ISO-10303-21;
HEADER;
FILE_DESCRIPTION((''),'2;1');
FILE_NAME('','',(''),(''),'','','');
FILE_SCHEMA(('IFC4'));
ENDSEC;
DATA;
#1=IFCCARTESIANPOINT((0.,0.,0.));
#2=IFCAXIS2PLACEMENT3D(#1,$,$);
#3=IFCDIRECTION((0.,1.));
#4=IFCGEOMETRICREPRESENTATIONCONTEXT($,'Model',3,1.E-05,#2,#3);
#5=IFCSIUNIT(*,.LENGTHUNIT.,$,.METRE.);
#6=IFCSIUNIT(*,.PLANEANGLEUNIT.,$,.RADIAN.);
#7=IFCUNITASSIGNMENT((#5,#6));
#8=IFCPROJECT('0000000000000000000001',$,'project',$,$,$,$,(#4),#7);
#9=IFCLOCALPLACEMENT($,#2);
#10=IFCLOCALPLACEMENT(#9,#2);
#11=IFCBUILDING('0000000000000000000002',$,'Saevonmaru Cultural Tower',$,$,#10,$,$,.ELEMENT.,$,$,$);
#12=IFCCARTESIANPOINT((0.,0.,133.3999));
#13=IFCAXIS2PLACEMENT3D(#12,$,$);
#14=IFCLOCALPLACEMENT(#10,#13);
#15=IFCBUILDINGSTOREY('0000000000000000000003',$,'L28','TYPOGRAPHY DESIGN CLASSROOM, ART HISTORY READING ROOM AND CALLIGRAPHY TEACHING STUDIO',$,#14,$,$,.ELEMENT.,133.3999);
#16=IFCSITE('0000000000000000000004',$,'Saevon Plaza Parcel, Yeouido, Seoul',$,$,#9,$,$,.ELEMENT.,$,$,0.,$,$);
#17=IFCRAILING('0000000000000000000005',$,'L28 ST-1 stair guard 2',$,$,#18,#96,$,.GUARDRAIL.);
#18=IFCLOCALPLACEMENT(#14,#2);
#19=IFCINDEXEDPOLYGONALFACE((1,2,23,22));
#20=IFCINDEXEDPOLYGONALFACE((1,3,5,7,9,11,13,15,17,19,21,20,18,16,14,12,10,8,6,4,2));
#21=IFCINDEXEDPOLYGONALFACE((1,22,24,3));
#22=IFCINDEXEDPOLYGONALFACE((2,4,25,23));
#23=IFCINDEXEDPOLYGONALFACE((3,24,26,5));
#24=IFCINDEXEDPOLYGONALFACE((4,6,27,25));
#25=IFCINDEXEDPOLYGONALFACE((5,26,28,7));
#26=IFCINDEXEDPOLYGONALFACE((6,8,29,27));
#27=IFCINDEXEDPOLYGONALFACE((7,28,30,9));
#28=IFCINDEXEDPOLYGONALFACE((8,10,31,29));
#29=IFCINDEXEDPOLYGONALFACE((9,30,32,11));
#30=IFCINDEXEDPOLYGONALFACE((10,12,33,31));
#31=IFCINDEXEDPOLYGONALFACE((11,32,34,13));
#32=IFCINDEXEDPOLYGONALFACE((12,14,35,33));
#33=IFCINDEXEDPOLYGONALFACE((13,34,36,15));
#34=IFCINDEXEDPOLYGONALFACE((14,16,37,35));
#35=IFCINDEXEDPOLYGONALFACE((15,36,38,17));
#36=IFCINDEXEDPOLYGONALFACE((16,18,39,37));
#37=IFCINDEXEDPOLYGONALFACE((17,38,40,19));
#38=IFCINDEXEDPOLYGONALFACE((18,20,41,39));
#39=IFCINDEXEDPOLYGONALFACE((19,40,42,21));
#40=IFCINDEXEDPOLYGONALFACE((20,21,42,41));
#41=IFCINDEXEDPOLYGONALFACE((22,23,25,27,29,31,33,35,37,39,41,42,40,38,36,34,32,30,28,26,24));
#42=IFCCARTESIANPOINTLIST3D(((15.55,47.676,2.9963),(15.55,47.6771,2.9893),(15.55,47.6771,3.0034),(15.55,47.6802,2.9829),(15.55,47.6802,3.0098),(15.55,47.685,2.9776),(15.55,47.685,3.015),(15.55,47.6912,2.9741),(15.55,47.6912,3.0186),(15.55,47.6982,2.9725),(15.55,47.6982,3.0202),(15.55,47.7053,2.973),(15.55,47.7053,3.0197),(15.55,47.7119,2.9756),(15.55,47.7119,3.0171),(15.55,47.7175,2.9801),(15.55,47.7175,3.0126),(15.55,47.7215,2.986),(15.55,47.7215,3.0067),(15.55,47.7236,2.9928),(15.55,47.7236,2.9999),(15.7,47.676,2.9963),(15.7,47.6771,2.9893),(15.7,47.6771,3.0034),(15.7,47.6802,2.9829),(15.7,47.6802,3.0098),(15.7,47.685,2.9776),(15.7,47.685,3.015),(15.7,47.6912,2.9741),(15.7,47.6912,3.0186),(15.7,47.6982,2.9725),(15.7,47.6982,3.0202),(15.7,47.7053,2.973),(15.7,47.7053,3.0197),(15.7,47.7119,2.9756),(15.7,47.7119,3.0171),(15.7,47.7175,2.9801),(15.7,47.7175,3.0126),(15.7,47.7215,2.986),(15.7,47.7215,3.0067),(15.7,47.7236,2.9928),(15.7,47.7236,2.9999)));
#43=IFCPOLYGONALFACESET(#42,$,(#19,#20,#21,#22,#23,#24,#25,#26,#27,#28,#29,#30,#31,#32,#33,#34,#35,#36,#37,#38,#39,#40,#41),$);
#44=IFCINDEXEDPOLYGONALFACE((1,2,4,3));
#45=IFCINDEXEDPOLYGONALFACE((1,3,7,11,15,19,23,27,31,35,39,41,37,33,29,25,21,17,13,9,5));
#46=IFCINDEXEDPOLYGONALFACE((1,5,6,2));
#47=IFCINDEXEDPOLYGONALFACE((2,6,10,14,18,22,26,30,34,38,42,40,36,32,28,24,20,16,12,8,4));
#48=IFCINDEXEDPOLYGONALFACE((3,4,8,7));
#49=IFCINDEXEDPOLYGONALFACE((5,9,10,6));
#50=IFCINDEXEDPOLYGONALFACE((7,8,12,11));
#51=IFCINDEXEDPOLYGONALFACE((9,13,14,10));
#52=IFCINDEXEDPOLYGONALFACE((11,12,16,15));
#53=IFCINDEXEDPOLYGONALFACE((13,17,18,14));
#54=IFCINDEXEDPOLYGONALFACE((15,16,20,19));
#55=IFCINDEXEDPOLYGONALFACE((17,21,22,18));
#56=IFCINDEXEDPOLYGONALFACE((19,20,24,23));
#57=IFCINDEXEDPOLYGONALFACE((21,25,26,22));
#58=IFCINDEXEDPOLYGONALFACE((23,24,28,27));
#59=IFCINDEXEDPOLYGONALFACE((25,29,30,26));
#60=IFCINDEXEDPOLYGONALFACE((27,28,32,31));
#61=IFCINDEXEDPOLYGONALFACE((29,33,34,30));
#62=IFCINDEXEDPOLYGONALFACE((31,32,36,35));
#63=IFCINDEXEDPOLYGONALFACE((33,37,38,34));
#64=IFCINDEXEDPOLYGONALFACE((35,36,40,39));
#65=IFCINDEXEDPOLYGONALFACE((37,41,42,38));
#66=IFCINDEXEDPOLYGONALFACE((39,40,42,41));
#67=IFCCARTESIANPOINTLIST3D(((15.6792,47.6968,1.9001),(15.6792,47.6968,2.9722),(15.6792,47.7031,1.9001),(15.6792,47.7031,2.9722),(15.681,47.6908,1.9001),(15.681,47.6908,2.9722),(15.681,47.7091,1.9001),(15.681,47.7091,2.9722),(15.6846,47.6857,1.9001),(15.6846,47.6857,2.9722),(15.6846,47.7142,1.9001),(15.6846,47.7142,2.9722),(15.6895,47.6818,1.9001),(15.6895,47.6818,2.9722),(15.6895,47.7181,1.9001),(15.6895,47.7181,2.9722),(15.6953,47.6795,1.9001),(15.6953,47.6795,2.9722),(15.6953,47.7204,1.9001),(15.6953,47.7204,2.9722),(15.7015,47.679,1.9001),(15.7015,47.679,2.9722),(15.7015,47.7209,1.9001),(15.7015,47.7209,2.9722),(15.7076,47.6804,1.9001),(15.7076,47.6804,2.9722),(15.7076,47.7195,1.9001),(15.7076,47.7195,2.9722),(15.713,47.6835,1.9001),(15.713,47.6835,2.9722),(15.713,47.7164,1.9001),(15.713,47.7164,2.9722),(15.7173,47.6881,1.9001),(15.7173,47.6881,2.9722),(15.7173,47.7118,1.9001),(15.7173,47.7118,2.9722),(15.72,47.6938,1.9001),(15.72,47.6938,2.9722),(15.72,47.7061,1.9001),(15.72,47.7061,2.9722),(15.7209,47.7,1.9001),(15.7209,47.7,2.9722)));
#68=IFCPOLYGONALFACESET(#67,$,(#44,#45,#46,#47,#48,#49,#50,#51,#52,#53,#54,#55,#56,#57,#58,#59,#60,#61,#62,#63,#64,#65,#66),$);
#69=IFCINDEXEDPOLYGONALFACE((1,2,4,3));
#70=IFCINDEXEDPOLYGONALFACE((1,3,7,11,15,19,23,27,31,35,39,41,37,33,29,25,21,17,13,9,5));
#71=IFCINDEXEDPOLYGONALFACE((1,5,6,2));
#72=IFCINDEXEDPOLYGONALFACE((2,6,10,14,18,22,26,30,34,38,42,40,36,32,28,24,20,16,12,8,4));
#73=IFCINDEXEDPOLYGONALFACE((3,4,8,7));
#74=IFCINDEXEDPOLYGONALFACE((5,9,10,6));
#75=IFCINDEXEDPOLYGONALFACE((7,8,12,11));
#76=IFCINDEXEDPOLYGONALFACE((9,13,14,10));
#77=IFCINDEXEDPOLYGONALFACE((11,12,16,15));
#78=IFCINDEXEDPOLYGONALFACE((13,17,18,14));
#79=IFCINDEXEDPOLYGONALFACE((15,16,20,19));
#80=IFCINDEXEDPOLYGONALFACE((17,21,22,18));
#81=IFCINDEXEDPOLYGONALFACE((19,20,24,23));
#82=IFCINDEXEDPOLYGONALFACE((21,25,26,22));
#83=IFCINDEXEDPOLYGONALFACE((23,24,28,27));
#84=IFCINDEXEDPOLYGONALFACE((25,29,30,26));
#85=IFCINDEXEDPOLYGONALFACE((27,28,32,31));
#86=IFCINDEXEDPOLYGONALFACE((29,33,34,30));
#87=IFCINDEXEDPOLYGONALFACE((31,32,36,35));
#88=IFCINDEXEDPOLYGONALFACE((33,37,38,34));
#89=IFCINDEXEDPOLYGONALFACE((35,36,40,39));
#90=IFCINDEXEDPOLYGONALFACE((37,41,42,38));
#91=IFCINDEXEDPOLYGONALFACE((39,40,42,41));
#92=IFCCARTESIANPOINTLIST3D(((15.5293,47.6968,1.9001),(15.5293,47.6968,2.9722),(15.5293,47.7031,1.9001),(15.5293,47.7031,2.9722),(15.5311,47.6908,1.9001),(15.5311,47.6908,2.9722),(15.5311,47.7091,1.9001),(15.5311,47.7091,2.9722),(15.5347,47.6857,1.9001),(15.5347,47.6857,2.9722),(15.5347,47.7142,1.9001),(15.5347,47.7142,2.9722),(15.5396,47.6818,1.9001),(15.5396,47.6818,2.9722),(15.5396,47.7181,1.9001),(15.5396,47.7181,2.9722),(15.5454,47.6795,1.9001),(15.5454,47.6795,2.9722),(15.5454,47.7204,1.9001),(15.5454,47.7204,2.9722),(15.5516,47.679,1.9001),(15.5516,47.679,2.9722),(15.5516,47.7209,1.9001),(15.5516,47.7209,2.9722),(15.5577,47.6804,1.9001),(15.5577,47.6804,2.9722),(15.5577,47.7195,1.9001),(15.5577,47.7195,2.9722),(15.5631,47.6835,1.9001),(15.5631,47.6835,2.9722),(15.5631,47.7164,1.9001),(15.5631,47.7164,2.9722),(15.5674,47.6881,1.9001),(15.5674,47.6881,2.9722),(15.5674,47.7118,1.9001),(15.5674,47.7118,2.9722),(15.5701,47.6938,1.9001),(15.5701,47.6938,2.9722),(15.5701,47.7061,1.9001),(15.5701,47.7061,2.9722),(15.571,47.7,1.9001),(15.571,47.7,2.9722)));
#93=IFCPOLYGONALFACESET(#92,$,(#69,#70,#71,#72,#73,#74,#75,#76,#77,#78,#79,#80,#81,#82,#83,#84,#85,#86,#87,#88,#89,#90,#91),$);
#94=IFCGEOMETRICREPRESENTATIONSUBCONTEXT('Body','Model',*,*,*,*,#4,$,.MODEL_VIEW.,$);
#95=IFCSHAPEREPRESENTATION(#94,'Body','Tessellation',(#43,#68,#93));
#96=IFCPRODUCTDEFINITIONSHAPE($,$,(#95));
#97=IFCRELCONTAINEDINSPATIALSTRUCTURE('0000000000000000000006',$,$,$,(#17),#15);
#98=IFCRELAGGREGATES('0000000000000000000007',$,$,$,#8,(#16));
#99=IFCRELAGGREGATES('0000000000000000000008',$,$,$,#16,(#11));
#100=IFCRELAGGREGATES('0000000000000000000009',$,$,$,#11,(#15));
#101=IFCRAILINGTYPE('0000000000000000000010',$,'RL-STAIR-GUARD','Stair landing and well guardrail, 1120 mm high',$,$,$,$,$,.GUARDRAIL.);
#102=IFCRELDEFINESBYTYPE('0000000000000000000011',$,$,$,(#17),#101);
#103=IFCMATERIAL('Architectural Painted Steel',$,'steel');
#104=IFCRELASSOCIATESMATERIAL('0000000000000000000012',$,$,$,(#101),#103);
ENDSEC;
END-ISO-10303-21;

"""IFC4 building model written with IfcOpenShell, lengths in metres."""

from ifc_helpers import new_model, si_unit, direction, frame, origin, origin_2d, place, context, subcontext, project, spatial, circle, extrude, material, type_object, element, save


model = new_model("IFC4")

# Units and contexts
model_context = context("Model", 3, precision=1e-05, world=origin(), true_north=direction((0.0, 1.0)))
body_context = subcontext(model_context, "Body", "Model", "MODEL_VIEW")
ifc_project = project(units=[si_unit("LENGTHUNIT", "METRE"), si_unit("PLANEANGLEUNIT", "RADIAN")], contexts=[model_context])

# Site, building, storey
site_placement = place(None, origin())
site = spatial("IfcSite", under=ifc_project, at=site_placement, Name="Saevon Plaza Parcel, Yeouido, Seoul", CompositionType="ELEMENT", RefElevation=0.0)
building_placement = place(site_placement, origin())
building = spatial("IfcBuilding", under=site, at=building_placement, Name="Saevonmaru Cultural Tower", CompositionType="ELEMENT")
storey_placement = place(building_placement, frame((0.0, 0.0, 133.3999)))
storey = spatial("IfcBuildingStorey", under=building, at=storey_placement, Name="L28", Description="TYPOGRAPHY DESIGN CLASSROOM, ART HISTORY READING ROOM AND CALLIGRAPHY TEACHING STUDIO", CompositionType="ELEMENT", Elevation=133.3999)

# Railing
ifc_material_1 = material(Name="Architectural Painted Steel", Category="steel")
railing_type_1 = type_object("IfcRailingType", Name="RL-STAIR-GUARD", Description="Stair landing and well guardrail, 1120 mm high", PredefinedType="GUARDRAIL", material=ifc_material_1)
railing_1_placement = place(storey_placement, frame((15.7, 47.7, 1.9001)))
element("IfcRailing", 1, at=railing_1_placement, inside=storey, type_object=railing_type_1, Name="L28 ST-1 stair guard 2", PredefinedType="GUARDRAIL", context=body_context, shape_type="SweptSolid", body=[
    extrude(circle(Radius=0.0239, at=origin_2d()), frame((0.0, 0.0, 1.0962), z_axis=(-1.0, 0.0, 0.0), x_axis=(0.0, -1.0, 0.0)), (0.0, 0.0, 1.0), 0.1499),
    extrude(circle(Radius=0.021, at=origin_2d()), origin(), (0.0, 0.0, 1.0), 1.072),
    extrude(circle(Radius=0.021, at=origin_2d()), frame((-0.1499, 0.0, 0.0)), (0.0, 0.0, 1.0), 1.072),
])

save(model, "model.ifc")
